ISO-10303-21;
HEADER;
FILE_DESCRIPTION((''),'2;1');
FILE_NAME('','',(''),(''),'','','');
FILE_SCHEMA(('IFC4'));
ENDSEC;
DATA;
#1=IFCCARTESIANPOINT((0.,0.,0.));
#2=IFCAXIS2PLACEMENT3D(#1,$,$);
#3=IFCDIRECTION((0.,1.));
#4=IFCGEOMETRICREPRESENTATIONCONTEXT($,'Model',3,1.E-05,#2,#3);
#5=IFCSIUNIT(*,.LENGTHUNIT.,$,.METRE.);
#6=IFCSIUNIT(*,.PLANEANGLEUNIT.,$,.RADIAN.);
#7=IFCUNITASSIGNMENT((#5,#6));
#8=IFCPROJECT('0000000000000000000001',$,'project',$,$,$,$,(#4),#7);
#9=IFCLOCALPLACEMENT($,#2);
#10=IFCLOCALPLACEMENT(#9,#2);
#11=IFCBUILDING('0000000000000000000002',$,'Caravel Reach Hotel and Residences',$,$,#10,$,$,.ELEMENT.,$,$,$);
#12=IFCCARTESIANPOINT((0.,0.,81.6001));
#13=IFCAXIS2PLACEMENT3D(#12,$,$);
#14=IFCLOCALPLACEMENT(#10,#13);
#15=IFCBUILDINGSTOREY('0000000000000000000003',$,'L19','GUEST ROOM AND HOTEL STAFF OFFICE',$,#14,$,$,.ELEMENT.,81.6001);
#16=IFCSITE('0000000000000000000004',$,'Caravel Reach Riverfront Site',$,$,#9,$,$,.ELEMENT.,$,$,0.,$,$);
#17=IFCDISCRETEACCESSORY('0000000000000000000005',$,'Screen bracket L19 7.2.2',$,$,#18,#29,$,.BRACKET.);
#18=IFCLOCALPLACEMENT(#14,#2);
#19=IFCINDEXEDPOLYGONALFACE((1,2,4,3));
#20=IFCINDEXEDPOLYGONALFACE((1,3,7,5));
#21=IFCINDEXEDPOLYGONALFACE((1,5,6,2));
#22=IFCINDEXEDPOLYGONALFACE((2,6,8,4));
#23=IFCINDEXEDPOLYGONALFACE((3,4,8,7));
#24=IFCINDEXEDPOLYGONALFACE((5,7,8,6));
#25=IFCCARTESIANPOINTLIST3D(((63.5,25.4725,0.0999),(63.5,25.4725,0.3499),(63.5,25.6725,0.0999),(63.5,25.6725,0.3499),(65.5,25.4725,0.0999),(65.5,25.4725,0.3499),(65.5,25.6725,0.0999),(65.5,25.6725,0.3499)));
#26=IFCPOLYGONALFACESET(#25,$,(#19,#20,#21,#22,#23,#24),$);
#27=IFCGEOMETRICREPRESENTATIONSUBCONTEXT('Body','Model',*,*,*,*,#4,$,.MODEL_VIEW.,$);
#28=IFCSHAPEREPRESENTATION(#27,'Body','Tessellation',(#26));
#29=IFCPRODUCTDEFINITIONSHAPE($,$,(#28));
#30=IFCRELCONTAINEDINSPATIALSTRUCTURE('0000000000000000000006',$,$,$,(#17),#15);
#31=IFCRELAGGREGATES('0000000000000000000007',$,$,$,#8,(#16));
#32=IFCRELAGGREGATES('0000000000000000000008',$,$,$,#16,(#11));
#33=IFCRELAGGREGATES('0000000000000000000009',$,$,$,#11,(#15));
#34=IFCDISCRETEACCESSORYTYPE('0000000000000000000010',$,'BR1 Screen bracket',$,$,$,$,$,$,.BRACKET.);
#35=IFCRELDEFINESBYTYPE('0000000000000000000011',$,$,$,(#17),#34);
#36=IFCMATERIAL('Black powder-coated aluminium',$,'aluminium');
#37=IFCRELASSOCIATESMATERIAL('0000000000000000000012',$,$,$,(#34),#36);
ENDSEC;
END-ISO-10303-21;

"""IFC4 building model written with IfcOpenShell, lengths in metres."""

from ifc_helpers import new_model, si_unit, direction, frame, origin, origin_2d, place, context, subcontext, project, spatial, rectangle, extrude, material, type_object, element, save


model = new_model("IFC4")

# Units and contexts
model_context = context("Model", 3, precision=1e-05, world=origin(), true_north=direction((0.0, 1.0)))
body_context = subcontext(model_context, "Body", "Model", "MODEL_VIEW")
ifc_project = project(units=[si_unit("LENGTHUNIT", "METRE"), si_unit("PLANEANGLEUNIT", "RADIAN")], contexts=[model_context])

# Site, building, storey
site_placement = place(None, origin())
site = spatial("IfcSite", under=ifc_project, at=site_placement, Name="Caravel Reach Riverfront Site", CompositionType="ELEMENT", RefElevation=0.0)
building_placement = place(site_placement, origin())
building = spatial("IfcBuilding", under=site, at=building_placement, Name="Caravel Reach Hotel and Residences", CompositionType="ELEMENT")
storey_placement = place(building_placement, frame((0.0, 0.0, 81.6001)))
storey = spatial("IfcBuildingStorey", under=building, at=storey_placement, Name="L19", Description="GUEST ROOM AND HOTEL STAFF OFFICE", CompositionType="ELEMENT", Elevation=81.6001)

# Discrete accessory
ifc_material_1 = material(Name="Black powder-coated aluminium", Category="aluminium")
discrete_accessory_type = type_object("IfcDiscreteAccessoryType", Name="BR1 Screen bracket", PredefinedType="BRACKET", material=ifc_material_1)
discrete_accessory_placement = place(storey_placement, frame((64.5, 25.5725, 0.0999), z_axis=(0.0, 0.0, 1.0), x_axis=(1.0, 0.0, 0.0)))
element("IfcDiscreteAccessory", 1, at=discrete_accessory_placement, inside=storey, type_object=discrete_accessory_type, Name="Screen bracket L19 7.2.2", PredefinedType="BRACKET", context=body_context, shape_type="SweptSolid", body=[
    extrude(rectangle(XDim=2.0, YDim=0.2, at=origin_2d()), origin(), (0.0, 0.0, 1.0), 0.25),
])

save(model, "model.ifc")
